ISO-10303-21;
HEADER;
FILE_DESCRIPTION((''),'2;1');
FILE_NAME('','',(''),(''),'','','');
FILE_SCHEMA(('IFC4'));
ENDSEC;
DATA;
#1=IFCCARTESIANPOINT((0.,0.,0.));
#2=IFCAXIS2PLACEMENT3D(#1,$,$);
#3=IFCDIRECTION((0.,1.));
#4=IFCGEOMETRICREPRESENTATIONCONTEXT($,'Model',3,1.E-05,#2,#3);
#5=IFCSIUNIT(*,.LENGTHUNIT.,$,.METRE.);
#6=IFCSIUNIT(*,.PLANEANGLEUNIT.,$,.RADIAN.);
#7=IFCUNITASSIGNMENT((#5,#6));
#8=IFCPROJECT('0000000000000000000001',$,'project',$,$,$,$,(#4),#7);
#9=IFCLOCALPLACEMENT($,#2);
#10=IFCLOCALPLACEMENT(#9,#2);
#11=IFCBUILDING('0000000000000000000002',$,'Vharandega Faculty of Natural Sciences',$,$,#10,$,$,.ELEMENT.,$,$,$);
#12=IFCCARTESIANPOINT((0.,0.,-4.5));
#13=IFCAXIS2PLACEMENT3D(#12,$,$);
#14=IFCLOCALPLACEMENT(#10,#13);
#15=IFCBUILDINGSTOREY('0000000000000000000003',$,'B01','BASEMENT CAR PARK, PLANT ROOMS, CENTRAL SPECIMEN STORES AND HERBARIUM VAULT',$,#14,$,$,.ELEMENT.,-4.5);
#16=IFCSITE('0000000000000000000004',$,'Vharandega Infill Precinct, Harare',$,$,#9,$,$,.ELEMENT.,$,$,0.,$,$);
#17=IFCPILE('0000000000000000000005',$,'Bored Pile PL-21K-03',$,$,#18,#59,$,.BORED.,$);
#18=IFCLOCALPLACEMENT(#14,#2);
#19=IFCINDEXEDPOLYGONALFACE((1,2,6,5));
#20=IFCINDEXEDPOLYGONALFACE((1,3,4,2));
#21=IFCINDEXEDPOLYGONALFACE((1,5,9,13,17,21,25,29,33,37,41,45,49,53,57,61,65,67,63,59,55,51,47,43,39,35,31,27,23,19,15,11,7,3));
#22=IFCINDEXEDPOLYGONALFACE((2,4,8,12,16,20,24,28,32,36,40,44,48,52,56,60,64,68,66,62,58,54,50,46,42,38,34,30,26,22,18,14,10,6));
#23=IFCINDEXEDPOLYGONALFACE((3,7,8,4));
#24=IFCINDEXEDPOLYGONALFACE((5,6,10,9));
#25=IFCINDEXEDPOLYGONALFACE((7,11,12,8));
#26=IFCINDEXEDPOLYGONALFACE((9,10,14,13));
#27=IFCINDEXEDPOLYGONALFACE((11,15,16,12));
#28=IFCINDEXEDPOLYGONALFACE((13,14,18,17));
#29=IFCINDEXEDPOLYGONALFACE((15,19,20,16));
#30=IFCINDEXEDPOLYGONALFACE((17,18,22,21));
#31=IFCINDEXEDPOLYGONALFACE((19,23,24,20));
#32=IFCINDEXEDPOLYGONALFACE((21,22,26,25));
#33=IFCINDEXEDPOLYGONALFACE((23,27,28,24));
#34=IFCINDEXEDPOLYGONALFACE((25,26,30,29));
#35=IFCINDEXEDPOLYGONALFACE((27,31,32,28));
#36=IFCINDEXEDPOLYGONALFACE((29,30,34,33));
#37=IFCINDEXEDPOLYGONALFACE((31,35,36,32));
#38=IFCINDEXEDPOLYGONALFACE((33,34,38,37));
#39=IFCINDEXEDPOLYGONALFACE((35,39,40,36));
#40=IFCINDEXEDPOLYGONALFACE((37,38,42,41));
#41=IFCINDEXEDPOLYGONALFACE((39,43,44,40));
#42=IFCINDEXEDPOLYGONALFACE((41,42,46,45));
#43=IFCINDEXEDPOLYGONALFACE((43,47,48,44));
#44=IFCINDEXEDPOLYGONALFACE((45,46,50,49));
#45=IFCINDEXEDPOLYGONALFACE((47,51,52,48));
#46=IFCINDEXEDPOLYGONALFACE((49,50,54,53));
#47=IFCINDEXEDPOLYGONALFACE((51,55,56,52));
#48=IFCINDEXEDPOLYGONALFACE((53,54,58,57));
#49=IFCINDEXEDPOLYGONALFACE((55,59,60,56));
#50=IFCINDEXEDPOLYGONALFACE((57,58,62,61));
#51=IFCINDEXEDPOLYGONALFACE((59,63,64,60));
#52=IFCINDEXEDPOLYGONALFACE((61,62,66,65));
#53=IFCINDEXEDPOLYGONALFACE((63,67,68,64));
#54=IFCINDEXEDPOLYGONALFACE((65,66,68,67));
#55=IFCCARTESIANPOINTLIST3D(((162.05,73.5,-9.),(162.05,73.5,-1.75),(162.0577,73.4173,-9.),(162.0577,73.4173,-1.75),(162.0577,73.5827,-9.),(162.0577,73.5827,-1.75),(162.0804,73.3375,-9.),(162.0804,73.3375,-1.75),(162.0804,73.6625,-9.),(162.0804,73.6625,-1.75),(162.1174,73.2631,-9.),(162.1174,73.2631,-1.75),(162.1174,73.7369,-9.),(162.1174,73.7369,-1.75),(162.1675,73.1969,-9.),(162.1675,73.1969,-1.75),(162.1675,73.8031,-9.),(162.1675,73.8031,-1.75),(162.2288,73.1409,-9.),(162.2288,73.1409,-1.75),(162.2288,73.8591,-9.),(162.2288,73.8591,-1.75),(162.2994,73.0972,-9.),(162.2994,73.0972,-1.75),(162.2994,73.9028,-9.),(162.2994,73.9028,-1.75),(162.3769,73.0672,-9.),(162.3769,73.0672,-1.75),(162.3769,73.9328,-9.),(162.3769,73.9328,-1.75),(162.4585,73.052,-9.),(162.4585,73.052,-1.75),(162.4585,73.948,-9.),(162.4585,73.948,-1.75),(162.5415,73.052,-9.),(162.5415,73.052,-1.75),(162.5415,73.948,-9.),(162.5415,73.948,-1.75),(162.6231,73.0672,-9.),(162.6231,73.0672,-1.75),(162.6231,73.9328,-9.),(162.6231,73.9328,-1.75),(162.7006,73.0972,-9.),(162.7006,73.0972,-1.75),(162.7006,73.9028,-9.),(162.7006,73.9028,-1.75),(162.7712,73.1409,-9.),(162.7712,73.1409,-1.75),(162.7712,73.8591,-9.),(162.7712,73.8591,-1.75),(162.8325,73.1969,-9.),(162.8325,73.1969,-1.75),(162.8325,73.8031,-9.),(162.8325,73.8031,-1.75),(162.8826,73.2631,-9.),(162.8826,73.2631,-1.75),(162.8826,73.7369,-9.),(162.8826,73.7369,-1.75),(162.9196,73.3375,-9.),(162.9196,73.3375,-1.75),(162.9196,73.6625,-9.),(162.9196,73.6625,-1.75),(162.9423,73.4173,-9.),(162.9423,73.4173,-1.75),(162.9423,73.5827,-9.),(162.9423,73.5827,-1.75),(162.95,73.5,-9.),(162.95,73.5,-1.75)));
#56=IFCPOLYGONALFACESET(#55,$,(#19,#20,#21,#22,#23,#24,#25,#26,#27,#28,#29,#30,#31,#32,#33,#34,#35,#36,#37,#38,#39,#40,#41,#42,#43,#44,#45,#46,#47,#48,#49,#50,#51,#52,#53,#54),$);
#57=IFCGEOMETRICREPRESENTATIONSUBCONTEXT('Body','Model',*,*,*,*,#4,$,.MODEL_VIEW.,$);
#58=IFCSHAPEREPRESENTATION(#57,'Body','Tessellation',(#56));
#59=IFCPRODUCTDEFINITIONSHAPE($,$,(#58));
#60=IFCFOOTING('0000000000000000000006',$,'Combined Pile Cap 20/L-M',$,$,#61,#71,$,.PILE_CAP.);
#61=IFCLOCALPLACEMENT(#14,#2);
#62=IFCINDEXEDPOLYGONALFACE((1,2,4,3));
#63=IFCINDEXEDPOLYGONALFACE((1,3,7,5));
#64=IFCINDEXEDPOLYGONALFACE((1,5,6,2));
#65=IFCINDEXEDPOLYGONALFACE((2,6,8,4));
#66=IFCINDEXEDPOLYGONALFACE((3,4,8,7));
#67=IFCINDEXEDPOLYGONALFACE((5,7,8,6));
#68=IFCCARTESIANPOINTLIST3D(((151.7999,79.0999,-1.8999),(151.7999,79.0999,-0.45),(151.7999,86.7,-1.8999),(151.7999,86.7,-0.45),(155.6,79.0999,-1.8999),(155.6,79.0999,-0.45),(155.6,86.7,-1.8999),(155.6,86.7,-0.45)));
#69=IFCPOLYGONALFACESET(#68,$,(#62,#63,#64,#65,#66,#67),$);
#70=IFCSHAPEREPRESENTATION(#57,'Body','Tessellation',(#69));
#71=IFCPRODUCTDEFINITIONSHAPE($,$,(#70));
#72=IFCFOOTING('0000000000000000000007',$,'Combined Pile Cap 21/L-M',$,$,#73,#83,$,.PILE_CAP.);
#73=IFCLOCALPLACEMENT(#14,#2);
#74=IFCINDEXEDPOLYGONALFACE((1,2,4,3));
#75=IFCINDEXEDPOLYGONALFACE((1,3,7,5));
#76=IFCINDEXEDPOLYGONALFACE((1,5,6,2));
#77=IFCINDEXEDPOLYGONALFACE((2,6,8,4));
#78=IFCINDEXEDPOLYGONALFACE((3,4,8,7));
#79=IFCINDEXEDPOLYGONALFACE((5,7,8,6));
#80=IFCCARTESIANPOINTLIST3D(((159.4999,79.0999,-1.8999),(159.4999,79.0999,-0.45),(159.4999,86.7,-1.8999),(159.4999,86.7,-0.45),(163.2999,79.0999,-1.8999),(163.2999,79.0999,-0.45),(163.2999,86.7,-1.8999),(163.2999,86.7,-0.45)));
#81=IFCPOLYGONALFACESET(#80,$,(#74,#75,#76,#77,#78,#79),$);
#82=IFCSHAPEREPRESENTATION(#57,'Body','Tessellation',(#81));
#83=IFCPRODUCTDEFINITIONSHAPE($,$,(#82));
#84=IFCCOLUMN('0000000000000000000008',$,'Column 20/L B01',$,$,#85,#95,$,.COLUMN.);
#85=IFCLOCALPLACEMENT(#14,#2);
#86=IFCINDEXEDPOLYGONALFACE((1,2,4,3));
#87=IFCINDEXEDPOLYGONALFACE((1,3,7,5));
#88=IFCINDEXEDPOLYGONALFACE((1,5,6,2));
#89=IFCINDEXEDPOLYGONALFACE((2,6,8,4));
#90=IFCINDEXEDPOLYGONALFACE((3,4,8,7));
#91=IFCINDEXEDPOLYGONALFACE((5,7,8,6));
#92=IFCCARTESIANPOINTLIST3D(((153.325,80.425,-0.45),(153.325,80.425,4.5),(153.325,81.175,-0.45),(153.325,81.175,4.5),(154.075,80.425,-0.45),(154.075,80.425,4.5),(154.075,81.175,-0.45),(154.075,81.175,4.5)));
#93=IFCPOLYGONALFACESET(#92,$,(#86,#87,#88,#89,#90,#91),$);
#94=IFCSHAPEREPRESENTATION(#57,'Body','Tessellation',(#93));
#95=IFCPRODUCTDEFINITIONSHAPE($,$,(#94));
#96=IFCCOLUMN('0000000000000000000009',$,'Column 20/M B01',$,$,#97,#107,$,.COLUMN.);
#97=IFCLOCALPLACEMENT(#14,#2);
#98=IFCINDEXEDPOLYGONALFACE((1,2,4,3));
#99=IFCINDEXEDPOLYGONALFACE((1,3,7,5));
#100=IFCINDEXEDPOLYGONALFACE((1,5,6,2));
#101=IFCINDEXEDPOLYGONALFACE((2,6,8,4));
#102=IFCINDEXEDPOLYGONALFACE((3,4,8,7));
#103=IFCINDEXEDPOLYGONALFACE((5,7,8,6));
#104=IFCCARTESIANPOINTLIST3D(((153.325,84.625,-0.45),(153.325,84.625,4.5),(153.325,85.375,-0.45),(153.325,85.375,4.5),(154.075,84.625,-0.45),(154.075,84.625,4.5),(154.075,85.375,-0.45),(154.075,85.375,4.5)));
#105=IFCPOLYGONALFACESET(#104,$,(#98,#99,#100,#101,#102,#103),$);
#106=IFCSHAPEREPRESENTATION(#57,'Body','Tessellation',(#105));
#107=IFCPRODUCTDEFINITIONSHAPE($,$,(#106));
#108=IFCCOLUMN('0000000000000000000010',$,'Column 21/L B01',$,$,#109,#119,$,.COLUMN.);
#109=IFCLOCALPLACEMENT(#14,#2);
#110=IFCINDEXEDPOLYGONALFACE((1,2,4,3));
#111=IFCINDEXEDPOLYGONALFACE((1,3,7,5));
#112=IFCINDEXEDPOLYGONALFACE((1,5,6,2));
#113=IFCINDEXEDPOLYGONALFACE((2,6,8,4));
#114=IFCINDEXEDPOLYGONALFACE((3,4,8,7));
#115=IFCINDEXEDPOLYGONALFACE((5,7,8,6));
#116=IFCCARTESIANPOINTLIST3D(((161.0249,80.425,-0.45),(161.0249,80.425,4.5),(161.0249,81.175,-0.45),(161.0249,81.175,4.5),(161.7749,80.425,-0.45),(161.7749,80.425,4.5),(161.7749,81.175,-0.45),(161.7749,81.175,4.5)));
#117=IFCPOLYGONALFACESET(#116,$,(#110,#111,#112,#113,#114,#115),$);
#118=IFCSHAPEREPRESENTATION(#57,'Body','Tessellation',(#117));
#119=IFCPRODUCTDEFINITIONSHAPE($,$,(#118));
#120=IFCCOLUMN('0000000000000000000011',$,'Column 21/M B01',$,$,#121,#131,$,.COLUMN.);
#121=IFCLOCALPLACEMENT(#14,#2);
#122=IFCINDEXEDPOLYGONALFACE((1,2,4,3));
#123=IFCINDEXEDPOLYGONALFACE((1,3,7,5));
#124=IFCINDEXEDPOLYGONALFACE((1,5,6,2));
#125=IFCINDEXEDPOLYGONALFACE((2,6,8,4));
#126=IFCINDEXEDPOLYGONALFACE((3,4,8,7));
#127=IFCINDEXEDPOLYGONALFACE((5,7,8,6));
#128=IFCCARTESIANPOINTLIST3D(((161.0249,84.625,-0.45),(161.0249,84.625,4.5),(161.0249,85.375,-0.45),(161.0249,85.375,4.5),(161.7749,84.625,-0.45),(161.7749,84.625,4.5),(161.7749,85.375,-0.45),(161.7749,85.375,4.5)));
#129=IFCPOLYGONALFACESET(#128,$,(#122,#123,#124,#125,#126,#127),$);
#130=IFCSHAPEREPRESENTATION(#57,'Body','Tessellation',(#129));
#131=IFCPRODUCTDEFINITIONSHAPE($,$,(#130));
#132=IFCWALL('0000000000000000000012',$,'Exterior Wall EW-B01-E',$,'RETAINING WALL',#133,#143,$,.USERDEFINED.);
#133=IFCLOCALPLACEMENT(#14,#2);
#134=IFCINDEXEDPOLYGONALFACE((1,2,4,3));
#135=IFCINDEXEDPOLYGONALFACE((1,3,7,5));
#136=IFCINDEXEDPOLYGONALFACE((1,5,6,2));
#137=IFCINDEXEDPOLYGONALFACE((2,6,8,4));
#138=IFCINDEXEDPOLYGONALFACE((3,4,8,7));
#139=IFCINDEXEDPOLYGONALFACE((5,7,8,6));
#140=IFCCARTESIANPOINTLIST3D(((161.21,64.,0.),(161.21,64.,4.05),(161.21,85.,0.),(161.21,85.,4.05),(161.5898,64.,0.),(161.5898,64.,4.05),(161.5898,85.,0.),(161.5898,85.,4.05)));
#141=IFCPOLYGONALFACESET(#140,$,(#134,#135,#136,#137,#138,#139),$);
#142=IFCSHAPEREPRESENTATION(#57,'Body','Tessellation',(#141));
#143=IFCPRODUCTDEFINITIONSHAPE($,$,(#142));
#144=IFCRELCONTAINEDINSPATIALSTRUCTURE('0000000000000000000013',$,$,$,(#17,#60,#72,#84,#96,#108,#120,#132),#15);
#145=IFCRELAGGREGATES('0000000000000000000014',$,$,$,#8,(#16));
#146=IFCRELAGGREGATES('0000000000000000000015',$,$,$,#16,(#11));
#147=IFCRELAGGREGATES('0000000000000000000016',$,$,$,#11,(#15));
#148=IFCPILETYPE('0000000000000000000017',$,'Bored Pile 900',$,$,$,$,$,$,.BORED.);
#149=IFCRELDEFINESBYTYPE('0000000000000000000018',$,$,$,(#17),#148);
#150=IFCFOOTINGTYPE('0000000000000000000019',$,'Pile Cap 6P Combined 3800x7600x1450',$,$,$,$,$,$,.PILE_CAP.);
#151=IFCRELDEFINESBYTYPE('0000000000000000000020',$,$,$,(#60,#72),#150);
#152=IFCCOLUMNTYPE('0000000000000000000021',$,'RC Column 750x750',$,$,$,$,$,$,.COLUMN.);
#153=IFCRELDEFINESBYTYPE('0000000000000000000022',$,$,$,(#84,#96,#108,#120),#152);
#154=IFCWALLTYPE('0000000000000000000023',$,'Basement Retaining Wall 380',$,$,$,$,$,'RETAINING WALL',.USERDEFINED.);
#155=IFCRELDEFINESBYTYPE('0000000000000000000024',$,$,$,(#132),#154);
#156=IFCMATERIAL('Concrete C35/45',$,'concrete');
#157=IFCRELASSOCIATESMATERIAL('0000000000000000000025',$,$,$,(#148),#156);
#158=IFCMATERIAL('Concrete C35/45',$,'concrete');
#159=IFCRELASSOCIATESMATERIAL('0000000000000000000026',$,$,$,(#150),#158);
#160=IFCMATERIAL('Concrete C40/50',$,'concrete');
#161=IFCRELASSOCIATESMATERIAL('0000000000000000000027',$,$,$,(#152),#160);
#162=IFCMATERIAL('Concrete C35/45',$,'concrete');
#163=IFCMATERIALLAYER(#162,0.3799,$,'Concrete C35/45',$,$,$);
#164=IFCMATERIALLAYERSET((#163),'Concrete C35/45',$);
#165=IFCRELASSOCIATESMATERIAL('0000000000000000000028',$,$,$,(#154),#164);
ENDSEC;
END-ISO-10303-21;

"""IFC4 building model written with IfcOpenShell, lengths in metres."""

from ifc_helpers import new_model, si_unit, direction, frame, frame_2d, origin, origin_2d, place, context, subcontext, project, spatial, rectangle, circle, extrude, material, layer, layer_set, material_profile, profile_set, type_object, element, save


model = new_model("IFC4")

# Units and contexts
model_context = context("Model", 3, precision=1e-05, world=origin(), true_north=direction((0.0, 1.0)))
body_context = subcontext(model_context, "Body", "Model", "MODEL_VIEW")
ifc_project = project(units=[si_unit("LENGTHUNIT", "METRE"), si_unit("PLANEANGLEUNIT", "RADIAN")], contexts=[model_context])

# Site, building, storey
site_placement = place(None, origin())
site = spatial("IfcSite", under=ifc_project, at=site_placement, Name="Vharandega Infill Precinct, Harare", CompositionType="ELEMENT", RefElevation=0.0)
building_placement = place(site_placement, origin())
building = spatial("IfcBuilding", under=site, at=building_placement, Name="Vharandega Faculty of Natural Sciences", CompositionType="ELEMENT")
storey_placement = place(building_placement, frame((0.0, 0.0, -4.5)))
storey = spatial("IfcBuildingStorey", under=building, at=storey_placement, Name="B01", Description="BASEMENT CAR PARK, PLANT ROOMS, CENTRAL SPECIMEN STORES AND HERBARIUM VAULT", CompositionType="ELEMENT", Elevation=-4.5)

# Pile
ifc_material_1 = material(Name="Concrete C35/45", Category="concrete")
ifc_material_profile_1 = material_profile(ifc_material_1, circle(Radius=0.45, at=origin_2d()), Name="PILE 900")
ifc_profile_set_1 = profile_set([ifc_material_profile_1], Name="Concrete C35/45")
pile_type = type_object("IfcPileType", Name="Bored Pile 900", PredefinedType="BORED", material=ifc_profile_set_1)
pile_placement = place(storey_placement, frame((162.5, 73.5, -1.75), z_axis=(0.0, 0.0, -1.0), x_axis=(1.0, 0.0, 0.0)))
element("IfcPile", 1, at=pile_placement, inside=storey, type_object=pile_type, Name="Bored Pile PL-21K-03", PredefinedType="BORED", context=body_context, shape_type="SweptSolid", body=[
    extrude(circle(Radius=0.45, at=origin_2d()), origin(), (0.0, 0.0, 1.0), 7.25),
])

# Footings
ifc_material_2 = material(Name="Concrete C35/45", Category="concrete")
footing_type = type_object("IfcFootingType", Name="Pile Cap 6P Combined 3800x7600x1450", PredefinedType="PILE_CAP", material=ifc_material_2)
for number, where, z_axis, x_axis, name in (
    (2, (153.7, 82.8999, -1.8999), (0.0, 0.0, 1.0), (1.0, 0.0, 0.0), "Combined Pile Cap 20/L-M"),
    (3, (161.3999, 82.8999, -1.8999), (0.0, 0.0, 1.0), (1.0, 0.0, 0.0), "Combined Pile Cap 21/L-M"),
):
    element("IfcFooting", number, at=place(storey_placement, frame(where, z_axis=z_axis, x_axis=x_axis)), inside=storey, type_object=footing_type, Name=name, PredefinedType="PILE_CAP", context=body_context, shape_type="SweptSolid", body=[
        extrude(rectangle(XDim=3.8, YDim=7.6001, at=origin_2d()), origin(), (0.0, 0.0, 1.0), 1.45),
    ])

# Columns
ifc_material_3 = material(Name="Concrete C40/50", Category="concrete")
ifc_material_profile_2 = material_profile(ifc_material_3, rectangle(XDim=0.75, YDim=0.75, at=origin_2d()), Name="RC 750x750")
ifc_profile_set_2 = profile_set([ifc_material_profile_2], Name="Concrete C40/50")
column_type = type_object("IfcColumnType", Name="RC Column 750x750", PredefinedType="COLUMN", material=ifc_profile_set_2)
for number, where, z_axis, x_axis, name in (
    (4, (153.7, 80.8, -0.45), (0.0, 0.0, 1.0), (1.0, 0.0, 0.0), "Column 20/L B01"),
    (5, (153.7, 85.0, -0.45), (0.0, 0.0, 1.0), (1.0, 0.0, 0.0), "Column 20/M B01"),
    (6, (161.3999, 80.8, -0.45), (0.0, 0.0, 1.0), (1.0, 0.0, 0.0), "Column 21/L B01"),
    (7, (161.3999, 85.0, -0.45), (0.0, 0.0, 1.0), (1.0, 0.0, 0.0), "Column 21/M B01"),
):
    element("IfcColumn", number, at=place(storey_placement, frame(where, z_axis=z_axis, x_axis=x_axis)), inside=storey, type_object=column_type, Name=name, PredefinedType="COLUMN", context=body_context, shape_type="SweptSolid", body=[
        extrude(rectangle(XDim=0.75, YDim=0.75, at=origin_2d()), origin(), (0.0, 0.0, 1.0), 4.95),
    ])

# Wall
ifc_material_4 = material(Name="Concrete C35/45", Category="concrete")
ifc_layer_1 = layer(ifc_material_4, 0.3799, Name="Concrete C35/45")
ifc_layer_set_1 = layer_set([ifc_layer_1], Name="Concrete C35/45")
wall_type_1 = type_object("IfcWallType", Name="Basement Retaining Wall 380", ElementType="RETAINING WALL", PredefinedType="USERDEFINED", material=ifc_layer_set_1)
wall_1_placement = place(storey_placement, frame((161.3999, 85.0, 0.0), z_axis=(0.0, 0.0, 1.0), x_axis=(0.0, -1.0, 0.0)))
element("IfcWall", 8, at=wall_1_placement, inside=storey, type_object=wall_type_1, Name="Exterior Wall EW-B01-E", ObjectType="RETAINING WALL", PredefinedType="USERDEFINED", context=body_context, shape_type="SweptSolid", body=[
    extrude(rectangle(XDim=21.0, YDim=0.3799, at=frame_2d((10.5, 0.0))), origin(), (0.0, 0.0, 1.0), 4.05),
])

save(model, "model.ifc")
